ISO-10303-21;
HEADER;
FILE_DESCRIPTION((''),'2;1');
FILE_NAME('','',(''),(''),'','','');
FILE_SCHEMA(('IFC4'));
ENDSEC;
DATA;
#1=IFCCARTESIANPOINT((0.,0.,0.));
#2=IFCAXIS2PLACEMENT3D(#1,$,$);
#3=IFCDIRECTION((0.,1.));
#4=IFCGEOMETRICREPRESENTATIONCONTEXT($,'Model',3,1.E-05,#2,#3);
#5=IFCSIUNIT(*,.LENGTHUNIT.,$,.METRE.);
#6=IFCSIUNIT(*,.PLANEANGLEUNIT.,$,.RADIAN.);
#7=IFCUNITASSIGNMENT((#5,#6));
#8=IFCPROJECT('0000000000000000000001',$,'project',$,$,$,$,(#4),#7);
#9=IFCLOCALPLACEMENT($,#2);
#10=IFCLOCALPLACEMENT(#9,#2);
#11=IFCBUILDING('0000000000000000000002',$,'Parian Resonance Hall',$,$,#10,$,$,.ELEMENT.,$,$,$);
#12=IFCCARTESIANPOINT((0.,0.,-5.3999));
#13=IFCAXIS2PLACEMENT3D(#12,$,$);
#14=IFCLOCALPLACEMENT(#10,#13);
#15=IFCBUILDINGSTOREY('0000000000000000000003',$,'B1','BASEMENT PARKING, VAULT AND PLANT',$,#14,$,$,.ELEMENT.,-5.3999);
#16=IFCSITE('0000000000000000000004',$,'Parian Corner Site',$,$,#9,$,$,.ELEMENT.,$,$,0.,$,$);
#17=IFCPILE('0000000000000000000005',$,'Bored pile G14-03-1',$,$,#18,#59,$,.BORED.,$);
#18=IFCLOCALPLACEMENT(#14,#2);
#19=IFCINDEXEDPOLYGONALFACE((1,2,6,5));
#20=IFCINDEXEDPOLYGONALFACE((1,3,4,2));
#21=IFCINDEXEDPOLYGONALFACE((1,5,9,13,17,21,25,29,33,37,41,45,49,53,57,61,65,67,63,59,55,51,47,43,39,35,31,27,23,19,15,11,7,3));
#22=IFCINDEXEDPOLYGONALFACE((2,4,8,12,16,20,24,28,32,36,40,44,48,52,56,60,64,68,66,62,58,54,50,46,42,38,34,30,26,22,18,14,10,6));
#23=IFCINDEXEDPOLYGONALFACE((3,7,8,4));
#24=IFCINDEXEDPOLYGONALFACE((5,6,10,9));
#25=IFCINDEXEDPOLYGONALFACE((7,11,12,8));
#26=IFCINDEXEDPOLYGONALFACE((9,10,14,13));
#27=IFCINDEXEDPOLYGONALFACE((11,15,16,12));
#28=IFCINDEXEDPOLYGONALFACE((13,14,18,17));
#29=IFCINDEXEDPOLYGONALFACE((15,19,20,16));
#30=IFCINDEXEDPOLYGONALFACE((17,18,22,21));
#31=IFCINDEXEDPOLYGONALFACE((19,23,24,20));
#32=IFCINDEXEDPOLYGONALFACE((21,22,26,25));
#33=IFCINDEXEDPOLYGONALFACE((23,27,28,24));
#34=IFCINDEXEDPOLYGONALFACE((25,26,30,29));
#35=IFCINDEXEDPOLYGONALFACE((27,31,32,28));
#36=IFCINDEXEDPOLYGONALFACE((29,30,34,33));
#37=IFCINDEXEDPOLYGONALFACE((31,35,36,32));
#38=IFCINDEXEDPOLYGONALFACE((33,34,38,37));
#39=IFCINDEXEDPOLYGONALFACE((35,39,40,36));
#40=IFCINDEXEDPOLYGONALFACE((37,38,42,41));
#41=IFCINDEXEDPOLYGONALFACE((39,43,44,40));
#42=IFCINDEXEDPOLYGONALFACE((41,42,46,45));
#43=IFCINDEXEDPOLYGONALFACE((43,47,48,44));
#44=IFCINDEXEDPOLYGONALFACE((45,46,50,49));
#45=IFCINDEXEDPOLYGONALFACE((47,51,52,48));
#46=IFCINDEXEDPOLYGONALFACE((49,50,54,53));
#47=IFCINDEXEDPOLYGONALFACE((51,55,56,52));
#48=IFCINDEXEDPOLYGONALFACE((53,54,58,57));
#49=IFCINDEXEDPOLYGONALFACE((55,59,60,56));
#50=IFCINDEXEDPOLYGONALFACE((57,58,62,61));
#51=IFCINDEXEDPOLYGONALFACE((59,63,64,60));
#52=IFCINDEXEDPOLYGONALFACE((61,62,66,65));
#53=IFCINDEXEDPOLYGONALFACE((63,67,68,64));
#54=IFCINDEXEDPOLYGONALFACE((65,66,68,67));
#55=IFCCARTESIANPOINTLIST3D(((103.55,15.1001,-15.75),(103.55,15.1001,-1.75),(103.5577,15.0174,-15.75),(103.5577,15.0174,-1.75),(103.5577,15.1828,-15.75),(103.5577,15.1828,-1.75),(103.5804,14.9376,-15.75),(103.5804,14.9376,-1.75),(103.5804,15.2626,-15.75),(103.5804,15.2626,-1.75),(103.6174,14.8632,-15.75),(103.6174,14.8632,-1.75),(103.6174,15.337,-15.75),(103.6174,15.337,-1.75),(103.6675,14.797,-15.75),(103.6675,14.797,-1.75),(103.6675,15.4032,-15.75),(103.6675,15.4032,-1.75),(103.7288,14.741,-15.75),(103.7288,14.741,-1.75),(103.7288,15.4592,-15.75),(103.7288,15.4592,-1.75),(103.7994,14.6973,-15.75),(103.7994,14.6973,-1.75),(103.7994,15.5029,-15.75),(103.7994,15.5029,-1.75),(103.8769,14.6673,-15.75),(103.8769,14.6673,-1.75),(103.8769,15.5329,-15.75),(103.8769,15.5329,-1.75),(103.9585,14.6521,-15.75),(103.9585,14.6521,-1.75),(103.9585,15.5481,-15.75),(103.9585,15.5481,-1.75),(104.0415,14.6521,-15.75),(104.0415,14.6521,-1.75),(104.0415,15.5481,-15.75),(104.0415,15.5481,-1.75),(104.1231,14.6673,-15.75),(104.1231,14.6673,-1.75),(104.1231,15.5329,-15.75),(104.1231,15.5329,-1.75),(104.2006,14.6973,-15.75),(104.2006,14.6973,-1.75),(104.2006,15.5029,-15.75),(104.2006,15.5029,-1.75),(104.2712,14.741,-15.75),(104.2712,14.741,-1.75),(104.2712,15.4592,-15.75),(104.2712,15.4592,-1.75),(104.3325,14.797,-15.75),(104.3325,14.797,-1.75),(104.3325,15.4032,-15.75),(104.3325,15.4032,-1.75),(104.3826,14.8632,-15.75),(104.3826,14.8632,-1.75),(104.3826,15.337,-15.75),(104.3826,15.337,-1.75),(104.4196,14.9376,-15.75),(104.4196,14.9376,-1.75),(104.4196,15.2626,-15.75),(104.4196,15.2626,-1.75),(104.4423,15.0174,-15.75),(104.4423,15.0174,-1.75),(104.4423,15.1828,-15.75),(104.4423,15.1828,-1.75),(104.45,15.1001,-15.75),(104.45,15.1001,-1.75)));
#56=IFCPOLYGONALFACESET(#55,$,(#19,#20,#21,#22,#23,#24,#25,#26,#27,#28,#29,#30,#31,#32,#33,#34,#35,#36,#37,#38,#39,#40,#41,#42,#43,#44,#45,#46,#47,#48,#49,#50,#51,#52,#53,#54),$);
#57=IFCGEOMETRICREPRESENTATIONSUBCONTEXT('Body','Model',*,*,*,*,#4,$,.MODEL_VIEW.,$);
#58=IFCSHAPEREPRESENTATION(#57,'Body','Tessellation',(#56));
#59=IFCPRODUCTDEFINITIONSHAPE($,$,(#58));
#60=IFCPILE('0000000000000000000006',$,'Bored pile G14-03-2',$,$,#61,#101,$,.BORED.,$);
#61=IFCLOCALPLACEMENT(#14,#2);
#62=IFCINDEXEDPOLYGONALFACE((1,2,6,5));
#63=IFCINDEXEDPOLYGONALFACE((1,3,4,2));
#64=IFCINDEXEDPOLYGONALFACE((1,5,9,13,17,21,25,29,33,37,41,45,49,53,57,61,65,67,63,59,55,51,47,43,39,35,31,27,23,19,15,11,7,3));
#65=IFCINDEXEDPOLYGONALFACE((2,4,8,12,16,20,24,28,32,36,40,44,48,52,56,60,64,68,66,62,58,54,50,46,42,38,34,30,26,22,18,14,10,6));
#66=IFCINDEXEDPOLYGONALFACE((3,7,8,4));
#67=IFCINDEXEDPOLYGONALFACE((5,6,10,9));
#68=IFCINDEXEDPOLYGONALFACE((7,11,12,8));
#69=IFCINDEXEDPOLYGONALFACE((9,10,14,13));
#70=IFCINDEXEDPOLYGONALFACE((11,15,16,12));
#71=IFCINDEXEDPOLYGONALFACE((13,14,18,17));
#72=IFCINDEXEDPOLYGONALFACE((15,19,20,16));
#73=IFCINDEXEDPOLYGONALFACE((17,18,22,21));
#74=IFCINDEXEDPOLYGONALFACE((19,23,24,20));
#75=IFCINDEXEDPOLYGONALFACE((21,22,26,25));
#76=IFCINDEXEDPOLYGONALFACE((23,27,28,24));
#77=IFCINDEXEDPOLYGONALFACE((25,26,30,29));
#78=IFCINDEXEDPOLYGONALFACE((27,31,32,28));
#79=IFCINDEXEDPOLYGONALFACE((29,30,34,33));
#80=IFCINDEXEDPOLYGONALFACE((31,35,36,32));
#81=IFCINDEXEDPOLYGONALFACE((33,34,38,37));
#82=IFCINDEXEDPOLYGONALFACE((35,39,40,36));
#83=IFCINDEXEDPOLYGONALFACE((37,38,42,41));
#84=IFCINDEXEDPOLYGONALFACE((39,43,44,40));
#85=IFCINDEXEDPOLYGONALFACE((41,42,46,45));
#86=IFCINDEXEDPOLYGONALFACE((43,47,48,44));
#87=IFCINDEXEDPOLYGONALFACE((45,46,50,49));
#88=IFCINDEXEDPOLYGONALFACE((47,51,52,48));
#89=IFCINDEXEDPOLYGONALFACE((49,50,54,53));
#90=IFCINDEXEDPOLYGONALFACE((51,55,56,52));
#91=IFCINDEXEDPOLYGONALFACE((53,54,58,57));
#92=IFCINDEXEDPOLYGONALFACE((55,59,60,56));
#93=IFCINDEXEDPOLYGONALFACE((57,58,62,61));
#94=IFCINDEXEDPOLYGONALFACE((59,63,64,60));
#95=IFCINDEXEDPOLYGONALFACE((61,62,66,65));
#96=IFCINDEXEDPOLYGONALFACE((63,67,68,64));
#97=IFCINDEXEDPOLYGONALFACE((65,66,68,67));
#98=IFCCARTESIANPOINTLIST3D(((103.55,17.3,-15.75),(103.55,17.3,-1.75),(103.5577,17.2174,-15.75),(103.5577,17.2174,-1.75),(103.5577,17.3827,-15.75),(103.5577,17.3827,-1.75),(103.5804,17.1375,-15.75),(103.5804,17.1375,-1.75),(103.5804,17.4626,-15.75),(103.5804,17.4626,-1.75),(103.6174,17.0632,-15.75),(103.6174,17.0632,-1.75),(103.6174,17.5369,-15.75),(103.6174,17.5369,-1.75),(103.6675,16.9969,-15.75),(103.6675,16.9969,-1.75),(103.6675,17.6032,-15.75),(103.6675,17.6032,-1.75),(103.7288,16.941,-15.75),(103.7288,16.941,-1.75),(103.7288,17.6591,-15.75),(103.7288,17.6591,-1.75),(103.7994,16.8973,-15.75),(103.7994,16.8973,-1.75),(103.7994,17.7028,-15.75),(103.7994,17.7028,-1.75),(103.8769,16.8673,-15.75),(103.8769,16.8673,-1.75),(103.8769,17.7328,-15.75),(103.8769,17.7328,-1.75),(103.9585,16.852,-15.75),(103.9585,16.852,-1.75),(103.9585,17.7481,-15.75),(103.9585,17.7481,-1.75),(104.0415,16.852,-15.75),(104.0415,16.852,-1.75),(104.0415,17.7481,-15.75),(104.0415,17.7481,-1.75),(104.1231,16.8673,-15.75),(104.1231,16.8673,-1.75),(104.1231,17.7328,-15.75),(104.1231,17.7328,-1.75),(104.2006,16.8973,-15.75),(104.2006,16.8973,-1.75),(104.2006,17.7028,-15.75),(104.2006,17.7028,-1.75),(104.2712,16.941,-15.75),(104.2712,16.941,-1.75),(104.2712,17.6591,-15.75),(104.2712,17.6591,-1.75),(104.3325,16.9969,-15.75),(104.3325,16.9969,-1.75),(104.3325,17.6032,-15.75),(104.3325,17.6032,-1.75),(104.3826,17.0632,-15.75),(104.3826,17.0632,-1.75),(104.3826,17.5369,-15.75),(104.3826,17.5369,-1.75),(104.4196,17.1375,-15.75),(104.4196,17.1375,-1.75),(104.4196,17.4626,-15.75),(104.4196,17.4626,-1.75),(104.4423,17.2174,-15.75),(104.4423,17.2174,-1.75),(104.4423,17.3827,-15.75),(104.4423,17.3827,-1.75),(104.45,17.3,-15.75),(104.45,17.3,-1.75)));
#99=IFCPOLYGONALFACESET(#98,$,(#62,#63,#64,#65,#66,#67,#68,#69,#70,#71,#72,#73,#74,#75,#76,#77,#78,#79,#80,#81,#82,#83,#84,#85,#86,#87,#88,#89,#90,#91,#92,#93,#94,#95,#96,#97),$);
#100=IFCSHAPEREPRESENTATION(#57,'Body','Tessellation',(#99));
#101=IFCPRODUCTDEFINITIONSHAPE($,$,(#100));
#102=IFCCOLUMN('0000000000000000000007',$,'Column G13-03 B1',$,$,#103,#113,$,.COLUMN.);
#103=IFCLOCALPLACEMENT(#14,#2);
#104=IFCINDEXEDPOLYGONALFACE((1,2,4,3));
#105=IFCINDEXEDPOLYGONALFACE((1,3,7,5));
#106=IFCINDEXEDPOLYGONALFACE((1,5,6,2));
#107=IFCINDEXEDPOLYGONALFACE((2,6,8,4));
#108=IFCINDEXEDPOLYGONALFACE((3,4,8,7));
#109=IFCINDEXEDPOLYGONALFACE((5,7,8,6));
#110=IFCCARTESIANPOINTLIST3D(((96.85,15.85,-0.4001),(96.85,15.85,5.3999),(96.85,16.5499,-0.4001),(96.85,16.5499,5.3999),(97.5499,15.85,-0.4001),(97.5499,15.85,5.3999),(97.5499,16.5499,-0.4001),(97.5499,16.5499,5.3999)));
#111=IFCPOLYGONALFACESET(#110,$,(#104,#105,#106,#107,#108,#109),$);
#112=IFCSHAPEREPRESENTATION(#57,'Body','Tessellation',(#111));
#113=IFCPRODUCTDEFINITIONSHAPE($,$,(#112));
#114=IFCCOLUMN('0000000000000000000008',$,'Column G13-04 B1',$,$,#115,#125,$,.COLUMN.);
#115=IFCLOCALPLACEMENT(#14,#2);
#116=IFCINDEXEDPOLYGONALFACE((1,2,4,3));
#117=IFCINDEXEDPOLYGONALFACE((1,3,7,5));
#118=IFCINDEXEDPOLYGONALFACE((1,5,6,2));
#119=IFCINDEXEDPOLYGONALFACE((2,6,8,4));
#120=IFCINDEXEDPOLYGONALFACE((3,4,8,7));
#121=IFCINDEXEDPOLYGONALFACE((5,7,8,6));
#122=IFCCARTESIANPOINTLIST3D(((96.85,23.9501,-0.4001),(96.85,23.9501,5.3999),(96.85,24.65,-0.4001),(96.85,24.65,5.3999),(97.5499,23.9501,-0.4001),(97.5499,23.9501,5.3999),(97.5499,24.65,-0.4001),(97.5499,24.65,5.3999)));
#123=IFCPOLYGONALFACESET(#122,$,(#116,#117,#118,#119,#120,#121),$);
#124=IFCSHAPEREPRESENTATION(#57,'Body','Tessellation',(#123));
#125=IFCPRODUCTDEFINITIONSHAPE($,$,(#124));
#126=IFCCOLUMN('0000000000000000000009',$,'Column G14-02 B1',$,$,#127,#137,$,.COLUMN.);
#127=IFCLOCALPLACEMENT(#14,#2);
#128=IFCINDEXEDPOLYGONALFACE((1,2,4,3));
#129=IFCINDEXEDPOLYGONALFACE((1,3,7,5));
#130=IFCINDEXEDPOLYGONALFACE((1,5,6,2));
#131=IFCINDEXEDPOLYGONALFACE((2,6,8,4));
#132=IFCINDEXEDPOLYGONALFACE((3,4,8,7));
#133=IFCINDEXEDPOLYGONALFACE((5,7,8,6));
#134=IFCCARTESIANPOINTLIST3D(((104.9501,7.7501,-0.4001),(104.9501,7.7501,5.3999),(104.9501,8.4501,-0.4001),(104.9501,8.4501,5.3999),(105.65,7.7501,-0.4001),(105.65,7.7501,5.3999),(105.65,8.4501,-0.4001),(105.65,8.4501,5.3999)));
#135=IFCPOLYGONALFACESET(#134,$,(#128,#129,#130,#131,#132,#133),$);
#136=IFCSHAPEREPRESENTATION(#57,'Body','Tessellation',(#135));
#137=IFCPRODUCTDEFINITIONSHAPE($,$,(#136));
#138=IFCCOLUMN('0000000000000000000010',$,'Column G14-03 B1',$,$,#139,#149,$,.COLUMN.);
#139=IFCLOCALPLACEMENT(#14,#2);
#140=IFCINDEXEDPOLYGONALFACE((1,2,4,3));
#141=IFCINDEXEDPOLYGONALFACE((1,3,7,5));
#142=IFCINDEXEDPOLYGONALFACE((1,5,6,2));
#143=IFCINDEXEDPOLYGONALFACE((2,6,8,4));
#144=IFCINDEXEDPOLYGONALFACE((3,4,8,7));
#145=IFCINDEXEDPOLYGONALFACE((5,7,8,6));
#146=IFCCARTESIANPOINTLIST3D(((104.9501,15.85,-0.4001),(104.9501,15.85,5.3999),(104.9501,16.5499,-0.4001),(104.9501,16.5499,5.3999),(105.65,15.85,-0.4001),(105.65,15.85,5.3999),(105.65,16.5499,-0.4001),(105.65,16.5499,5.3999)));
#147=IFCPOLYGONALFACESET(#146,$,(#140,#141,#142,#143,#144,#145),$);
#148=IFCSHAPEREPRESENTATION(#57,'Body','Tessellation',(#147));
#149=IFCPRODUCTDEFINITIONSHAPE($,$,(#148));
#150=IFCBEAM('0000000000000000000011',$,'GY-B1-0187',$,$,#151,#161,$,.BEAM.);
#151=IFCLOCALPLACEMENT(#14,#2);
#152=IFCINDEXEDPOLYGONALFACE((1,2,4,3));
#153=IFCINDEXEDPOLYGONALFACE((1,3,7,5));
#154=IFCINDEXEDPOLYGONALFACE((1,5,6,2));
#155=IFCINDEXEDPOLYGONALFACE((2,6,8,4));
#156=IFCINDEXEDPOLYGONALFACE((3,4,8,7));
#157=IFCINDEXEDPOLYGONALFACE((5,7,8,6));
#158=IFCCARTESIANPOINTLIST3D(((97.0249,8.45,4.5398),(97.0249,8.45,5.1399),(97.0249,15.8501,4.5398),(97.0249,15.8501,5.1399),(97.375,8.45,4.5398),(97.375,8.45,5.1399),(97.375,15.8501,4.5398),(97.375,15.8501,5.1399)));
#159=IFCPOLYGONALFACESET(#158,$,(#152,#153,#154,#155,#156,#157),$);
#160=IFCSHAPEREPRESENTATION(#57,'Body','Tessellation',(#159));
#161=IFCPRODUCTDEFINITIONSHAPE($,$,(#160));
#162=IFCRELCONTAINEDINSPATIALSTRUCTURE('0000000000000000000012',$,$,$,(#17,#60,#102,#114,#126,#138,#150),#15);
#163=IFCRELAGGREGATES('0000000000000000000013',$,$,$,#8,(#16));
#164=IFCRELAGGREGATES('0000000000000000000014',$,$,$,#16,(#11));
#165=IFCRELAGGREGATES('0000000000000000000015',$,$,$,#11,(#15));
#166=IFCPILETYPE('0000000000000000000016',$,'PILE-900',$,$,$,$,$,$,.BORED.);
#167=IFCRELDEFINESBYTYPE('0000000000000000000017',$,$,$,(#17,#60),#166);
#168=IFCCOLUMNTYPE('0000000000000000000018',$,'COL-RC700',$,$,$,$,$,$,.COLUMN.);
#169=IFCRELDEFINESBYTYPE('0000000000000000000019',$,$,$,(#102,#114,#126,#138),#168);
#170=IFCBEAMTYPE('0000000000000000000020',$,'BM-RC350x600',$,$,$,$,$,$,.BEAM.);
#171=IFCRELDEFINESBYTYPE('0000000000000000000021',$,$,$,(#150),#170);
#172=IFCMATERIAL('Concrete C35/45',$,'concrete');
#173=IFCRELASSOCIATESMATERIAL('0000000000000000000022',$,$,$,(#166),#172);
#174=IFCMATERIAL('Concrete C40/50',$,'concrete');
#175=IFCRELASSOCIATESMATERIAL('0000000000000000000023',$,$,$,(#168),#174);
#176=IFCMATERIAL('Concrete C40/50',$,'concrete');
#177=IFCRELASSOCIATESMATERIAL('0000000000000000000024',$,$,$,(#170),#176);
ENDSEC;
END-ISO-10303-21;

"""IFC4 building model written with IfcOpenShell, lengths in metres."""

from ifc_helpers import new_model, si_unit, direction, frame, origin, origin_2d, place, context, subcontext, project, spatial, rectangle, circle, extrude, material, material_profile, profile_set, type_object, element, save


model = new_model("IFC4")

# Units and contexts
model_context = context("Model", 3, precision=1e-05, world=origin(), true_north=direction((0.0, 1.0)))
body_context = subcontext(model_context, "Body", "Model", "MODEL_VIEW")
ifc_project = project(units=[si_unit("LENGTHUNIT", "METRE"), si_unit("PLANEANGLEUNIT", "RADIAN")], contexts=[model_context])

# Site, building, storey
site_placement = place(None, origin())
site = spatial("IfcSite", under=ifc_project, at=site_placement, Name="Parian Corner Site", CompositionType="ELEMENT", RefElevation=0.0)
building_placement = place(site_placement, origin())
building = spatial("IfcBuilding", under=site, at=building_placement, Name="Parian Resonance Hall", CompositionType="ELEMENT")
storey_placement = place(building_placement, frame((0.0, 0.0, -5.3999)))
storey = spatial("IfcBuildingStorey", under=building, at=storey_placement, Name="B1", Description="BASEMENT PARKING, VAULT AND PLANT", CompositionType="ELEMENT", Elevation=-5.3999)

# Piles
ifc_material_1 = material(Name="Concrete C35/45", Category="concrete")
ifc_material_profile_1 = material_profile(ifc_material_1, circle(Radius=0.45, at=origin_2d()), Name="PILE-D900")
ifc_profile_set_1 = profile_set([ifc_material_profile_1], Name="Concrete C35/45")
pile_type_1 = type_object("IfcPileType", Name="PILE-900", PredefinedType="BORED", material=ifc_profile_set_1)
for number, where, z_axis, x_axis, name in (
    (1, (104.0, 15.1001, -1.75), (0.0, 0.0, -1.0), (1.0, 0.0, 0.0), "Bored pile G14-03-1"),
    (2, (104.0, 17.3, -1.75), (0.0, 0.0, -1.0), (1.0, 0.0, 0.0), "Bored pile G14-03-2"),
):
    element("IfcPile", number, at=place(storey_placement, frame(where, z_axis=z_axis, x_axis=x_axis)), inside=storey, type_object=pile_type_1, Name=name, PredefinedType="BORED", context=body_context, shape_type="SweptSolid", body=[
        extrude(circle(Radius=0.45, at=origin_2d()), origin(), (0.0, 0.0, 1.0), 14.0),
    ])

# Columns
ifc_material_2 = material(Name="Concrete C40/50", Category="concrete")
ifc_material_profile_2 = material_profile(ifc_material_2, rectangle(XDim=0.7, YDim=0.7, at=origin_2d()), Name="RC-COL-700x700")
ifc_profile_set_2 = profile_set([ifc_material_profile_2], Name="Concrete C40/50")
column_type = type_object("IfcColumnType", Name="COL-RC700", PredefinedType="COLUMN", material=ifc_profile_set_2)
for number, where, z_axis, x_axis, name in (
    (3, (97.2, 16.2, -0.4001), (0.0, 0.0, 1.0), (1.0, 0.0, 0.0), "Column G13-03 B1"),
    (4, (97.2, 24.3, -0.4001), (0.0, 0.0, 1.0), (1.0, 0.0, 0.0), "Column G13-04 B1"),
    (5, (105.3, 8.1001, -0.4001), (0.0, 0.0, 1.0), (1.0, 0.0, 0.0), "Column G14-02 B1"),
    (6, (105.3, 16.2, -0.4001), (0.0, 0.0, 1.0), (1.0, 0.0, 0.0), "Column G14-03 B1"),
):
    element("IfcColumn", number, at=place(storey_placement, frame(where, z_axis=z_axis, x_axis=x_axis)), inside=storey, type_object=column_type, Name=name, PredefinedType="COLUMN", context=body_context, shape_type="SweptSolid", body=[
        extrude(rectangle(XDim=0.7, YDim=0.7, at=origin_2d()), origin(), (0.0, 0.0, 1.0), 5.8),
    ])

# Beam
ifc_material_3 = material(Name="Concrete C40/50", Category="concrete")
ifc_material_profile_3 = material_profile(ifc_material_3, rectangle(XDim=0.3501, YDim=0.6001, at=origin_2d()), Name="RC-BM-350x600")
ifc_profile_set_3 = profile_set([ifc_material_profile_3], Name="Concrete C40/50")
beam_type_1 = type_object("IfcBeamType", Name="BM-RC350x600", PredefinedType="BEAM", material=ifc_profile_set_3)
beam_1_placement = place(storey_placement, frame((97.2, 8.45, 4.8398), z_axis=(0.0, 1.0, 0.0), x_axis=(-1.0, 0.0, 0.0)))
element("IfcBeam", 7, at=beam_1_placement, inside=storey, type_object=beam_type_1, Name="GY-B1-0187", PredefinedType="BEAM", context=body_context, shape_type="SweptSolid", body=[
    extrude(rectangle(XDim=0.3501, YDim=0.6001, at=origin_2d()), origin(), (0.0, 0.0, 1.0), 7.4001),
])

save(model, "model.ifc")
